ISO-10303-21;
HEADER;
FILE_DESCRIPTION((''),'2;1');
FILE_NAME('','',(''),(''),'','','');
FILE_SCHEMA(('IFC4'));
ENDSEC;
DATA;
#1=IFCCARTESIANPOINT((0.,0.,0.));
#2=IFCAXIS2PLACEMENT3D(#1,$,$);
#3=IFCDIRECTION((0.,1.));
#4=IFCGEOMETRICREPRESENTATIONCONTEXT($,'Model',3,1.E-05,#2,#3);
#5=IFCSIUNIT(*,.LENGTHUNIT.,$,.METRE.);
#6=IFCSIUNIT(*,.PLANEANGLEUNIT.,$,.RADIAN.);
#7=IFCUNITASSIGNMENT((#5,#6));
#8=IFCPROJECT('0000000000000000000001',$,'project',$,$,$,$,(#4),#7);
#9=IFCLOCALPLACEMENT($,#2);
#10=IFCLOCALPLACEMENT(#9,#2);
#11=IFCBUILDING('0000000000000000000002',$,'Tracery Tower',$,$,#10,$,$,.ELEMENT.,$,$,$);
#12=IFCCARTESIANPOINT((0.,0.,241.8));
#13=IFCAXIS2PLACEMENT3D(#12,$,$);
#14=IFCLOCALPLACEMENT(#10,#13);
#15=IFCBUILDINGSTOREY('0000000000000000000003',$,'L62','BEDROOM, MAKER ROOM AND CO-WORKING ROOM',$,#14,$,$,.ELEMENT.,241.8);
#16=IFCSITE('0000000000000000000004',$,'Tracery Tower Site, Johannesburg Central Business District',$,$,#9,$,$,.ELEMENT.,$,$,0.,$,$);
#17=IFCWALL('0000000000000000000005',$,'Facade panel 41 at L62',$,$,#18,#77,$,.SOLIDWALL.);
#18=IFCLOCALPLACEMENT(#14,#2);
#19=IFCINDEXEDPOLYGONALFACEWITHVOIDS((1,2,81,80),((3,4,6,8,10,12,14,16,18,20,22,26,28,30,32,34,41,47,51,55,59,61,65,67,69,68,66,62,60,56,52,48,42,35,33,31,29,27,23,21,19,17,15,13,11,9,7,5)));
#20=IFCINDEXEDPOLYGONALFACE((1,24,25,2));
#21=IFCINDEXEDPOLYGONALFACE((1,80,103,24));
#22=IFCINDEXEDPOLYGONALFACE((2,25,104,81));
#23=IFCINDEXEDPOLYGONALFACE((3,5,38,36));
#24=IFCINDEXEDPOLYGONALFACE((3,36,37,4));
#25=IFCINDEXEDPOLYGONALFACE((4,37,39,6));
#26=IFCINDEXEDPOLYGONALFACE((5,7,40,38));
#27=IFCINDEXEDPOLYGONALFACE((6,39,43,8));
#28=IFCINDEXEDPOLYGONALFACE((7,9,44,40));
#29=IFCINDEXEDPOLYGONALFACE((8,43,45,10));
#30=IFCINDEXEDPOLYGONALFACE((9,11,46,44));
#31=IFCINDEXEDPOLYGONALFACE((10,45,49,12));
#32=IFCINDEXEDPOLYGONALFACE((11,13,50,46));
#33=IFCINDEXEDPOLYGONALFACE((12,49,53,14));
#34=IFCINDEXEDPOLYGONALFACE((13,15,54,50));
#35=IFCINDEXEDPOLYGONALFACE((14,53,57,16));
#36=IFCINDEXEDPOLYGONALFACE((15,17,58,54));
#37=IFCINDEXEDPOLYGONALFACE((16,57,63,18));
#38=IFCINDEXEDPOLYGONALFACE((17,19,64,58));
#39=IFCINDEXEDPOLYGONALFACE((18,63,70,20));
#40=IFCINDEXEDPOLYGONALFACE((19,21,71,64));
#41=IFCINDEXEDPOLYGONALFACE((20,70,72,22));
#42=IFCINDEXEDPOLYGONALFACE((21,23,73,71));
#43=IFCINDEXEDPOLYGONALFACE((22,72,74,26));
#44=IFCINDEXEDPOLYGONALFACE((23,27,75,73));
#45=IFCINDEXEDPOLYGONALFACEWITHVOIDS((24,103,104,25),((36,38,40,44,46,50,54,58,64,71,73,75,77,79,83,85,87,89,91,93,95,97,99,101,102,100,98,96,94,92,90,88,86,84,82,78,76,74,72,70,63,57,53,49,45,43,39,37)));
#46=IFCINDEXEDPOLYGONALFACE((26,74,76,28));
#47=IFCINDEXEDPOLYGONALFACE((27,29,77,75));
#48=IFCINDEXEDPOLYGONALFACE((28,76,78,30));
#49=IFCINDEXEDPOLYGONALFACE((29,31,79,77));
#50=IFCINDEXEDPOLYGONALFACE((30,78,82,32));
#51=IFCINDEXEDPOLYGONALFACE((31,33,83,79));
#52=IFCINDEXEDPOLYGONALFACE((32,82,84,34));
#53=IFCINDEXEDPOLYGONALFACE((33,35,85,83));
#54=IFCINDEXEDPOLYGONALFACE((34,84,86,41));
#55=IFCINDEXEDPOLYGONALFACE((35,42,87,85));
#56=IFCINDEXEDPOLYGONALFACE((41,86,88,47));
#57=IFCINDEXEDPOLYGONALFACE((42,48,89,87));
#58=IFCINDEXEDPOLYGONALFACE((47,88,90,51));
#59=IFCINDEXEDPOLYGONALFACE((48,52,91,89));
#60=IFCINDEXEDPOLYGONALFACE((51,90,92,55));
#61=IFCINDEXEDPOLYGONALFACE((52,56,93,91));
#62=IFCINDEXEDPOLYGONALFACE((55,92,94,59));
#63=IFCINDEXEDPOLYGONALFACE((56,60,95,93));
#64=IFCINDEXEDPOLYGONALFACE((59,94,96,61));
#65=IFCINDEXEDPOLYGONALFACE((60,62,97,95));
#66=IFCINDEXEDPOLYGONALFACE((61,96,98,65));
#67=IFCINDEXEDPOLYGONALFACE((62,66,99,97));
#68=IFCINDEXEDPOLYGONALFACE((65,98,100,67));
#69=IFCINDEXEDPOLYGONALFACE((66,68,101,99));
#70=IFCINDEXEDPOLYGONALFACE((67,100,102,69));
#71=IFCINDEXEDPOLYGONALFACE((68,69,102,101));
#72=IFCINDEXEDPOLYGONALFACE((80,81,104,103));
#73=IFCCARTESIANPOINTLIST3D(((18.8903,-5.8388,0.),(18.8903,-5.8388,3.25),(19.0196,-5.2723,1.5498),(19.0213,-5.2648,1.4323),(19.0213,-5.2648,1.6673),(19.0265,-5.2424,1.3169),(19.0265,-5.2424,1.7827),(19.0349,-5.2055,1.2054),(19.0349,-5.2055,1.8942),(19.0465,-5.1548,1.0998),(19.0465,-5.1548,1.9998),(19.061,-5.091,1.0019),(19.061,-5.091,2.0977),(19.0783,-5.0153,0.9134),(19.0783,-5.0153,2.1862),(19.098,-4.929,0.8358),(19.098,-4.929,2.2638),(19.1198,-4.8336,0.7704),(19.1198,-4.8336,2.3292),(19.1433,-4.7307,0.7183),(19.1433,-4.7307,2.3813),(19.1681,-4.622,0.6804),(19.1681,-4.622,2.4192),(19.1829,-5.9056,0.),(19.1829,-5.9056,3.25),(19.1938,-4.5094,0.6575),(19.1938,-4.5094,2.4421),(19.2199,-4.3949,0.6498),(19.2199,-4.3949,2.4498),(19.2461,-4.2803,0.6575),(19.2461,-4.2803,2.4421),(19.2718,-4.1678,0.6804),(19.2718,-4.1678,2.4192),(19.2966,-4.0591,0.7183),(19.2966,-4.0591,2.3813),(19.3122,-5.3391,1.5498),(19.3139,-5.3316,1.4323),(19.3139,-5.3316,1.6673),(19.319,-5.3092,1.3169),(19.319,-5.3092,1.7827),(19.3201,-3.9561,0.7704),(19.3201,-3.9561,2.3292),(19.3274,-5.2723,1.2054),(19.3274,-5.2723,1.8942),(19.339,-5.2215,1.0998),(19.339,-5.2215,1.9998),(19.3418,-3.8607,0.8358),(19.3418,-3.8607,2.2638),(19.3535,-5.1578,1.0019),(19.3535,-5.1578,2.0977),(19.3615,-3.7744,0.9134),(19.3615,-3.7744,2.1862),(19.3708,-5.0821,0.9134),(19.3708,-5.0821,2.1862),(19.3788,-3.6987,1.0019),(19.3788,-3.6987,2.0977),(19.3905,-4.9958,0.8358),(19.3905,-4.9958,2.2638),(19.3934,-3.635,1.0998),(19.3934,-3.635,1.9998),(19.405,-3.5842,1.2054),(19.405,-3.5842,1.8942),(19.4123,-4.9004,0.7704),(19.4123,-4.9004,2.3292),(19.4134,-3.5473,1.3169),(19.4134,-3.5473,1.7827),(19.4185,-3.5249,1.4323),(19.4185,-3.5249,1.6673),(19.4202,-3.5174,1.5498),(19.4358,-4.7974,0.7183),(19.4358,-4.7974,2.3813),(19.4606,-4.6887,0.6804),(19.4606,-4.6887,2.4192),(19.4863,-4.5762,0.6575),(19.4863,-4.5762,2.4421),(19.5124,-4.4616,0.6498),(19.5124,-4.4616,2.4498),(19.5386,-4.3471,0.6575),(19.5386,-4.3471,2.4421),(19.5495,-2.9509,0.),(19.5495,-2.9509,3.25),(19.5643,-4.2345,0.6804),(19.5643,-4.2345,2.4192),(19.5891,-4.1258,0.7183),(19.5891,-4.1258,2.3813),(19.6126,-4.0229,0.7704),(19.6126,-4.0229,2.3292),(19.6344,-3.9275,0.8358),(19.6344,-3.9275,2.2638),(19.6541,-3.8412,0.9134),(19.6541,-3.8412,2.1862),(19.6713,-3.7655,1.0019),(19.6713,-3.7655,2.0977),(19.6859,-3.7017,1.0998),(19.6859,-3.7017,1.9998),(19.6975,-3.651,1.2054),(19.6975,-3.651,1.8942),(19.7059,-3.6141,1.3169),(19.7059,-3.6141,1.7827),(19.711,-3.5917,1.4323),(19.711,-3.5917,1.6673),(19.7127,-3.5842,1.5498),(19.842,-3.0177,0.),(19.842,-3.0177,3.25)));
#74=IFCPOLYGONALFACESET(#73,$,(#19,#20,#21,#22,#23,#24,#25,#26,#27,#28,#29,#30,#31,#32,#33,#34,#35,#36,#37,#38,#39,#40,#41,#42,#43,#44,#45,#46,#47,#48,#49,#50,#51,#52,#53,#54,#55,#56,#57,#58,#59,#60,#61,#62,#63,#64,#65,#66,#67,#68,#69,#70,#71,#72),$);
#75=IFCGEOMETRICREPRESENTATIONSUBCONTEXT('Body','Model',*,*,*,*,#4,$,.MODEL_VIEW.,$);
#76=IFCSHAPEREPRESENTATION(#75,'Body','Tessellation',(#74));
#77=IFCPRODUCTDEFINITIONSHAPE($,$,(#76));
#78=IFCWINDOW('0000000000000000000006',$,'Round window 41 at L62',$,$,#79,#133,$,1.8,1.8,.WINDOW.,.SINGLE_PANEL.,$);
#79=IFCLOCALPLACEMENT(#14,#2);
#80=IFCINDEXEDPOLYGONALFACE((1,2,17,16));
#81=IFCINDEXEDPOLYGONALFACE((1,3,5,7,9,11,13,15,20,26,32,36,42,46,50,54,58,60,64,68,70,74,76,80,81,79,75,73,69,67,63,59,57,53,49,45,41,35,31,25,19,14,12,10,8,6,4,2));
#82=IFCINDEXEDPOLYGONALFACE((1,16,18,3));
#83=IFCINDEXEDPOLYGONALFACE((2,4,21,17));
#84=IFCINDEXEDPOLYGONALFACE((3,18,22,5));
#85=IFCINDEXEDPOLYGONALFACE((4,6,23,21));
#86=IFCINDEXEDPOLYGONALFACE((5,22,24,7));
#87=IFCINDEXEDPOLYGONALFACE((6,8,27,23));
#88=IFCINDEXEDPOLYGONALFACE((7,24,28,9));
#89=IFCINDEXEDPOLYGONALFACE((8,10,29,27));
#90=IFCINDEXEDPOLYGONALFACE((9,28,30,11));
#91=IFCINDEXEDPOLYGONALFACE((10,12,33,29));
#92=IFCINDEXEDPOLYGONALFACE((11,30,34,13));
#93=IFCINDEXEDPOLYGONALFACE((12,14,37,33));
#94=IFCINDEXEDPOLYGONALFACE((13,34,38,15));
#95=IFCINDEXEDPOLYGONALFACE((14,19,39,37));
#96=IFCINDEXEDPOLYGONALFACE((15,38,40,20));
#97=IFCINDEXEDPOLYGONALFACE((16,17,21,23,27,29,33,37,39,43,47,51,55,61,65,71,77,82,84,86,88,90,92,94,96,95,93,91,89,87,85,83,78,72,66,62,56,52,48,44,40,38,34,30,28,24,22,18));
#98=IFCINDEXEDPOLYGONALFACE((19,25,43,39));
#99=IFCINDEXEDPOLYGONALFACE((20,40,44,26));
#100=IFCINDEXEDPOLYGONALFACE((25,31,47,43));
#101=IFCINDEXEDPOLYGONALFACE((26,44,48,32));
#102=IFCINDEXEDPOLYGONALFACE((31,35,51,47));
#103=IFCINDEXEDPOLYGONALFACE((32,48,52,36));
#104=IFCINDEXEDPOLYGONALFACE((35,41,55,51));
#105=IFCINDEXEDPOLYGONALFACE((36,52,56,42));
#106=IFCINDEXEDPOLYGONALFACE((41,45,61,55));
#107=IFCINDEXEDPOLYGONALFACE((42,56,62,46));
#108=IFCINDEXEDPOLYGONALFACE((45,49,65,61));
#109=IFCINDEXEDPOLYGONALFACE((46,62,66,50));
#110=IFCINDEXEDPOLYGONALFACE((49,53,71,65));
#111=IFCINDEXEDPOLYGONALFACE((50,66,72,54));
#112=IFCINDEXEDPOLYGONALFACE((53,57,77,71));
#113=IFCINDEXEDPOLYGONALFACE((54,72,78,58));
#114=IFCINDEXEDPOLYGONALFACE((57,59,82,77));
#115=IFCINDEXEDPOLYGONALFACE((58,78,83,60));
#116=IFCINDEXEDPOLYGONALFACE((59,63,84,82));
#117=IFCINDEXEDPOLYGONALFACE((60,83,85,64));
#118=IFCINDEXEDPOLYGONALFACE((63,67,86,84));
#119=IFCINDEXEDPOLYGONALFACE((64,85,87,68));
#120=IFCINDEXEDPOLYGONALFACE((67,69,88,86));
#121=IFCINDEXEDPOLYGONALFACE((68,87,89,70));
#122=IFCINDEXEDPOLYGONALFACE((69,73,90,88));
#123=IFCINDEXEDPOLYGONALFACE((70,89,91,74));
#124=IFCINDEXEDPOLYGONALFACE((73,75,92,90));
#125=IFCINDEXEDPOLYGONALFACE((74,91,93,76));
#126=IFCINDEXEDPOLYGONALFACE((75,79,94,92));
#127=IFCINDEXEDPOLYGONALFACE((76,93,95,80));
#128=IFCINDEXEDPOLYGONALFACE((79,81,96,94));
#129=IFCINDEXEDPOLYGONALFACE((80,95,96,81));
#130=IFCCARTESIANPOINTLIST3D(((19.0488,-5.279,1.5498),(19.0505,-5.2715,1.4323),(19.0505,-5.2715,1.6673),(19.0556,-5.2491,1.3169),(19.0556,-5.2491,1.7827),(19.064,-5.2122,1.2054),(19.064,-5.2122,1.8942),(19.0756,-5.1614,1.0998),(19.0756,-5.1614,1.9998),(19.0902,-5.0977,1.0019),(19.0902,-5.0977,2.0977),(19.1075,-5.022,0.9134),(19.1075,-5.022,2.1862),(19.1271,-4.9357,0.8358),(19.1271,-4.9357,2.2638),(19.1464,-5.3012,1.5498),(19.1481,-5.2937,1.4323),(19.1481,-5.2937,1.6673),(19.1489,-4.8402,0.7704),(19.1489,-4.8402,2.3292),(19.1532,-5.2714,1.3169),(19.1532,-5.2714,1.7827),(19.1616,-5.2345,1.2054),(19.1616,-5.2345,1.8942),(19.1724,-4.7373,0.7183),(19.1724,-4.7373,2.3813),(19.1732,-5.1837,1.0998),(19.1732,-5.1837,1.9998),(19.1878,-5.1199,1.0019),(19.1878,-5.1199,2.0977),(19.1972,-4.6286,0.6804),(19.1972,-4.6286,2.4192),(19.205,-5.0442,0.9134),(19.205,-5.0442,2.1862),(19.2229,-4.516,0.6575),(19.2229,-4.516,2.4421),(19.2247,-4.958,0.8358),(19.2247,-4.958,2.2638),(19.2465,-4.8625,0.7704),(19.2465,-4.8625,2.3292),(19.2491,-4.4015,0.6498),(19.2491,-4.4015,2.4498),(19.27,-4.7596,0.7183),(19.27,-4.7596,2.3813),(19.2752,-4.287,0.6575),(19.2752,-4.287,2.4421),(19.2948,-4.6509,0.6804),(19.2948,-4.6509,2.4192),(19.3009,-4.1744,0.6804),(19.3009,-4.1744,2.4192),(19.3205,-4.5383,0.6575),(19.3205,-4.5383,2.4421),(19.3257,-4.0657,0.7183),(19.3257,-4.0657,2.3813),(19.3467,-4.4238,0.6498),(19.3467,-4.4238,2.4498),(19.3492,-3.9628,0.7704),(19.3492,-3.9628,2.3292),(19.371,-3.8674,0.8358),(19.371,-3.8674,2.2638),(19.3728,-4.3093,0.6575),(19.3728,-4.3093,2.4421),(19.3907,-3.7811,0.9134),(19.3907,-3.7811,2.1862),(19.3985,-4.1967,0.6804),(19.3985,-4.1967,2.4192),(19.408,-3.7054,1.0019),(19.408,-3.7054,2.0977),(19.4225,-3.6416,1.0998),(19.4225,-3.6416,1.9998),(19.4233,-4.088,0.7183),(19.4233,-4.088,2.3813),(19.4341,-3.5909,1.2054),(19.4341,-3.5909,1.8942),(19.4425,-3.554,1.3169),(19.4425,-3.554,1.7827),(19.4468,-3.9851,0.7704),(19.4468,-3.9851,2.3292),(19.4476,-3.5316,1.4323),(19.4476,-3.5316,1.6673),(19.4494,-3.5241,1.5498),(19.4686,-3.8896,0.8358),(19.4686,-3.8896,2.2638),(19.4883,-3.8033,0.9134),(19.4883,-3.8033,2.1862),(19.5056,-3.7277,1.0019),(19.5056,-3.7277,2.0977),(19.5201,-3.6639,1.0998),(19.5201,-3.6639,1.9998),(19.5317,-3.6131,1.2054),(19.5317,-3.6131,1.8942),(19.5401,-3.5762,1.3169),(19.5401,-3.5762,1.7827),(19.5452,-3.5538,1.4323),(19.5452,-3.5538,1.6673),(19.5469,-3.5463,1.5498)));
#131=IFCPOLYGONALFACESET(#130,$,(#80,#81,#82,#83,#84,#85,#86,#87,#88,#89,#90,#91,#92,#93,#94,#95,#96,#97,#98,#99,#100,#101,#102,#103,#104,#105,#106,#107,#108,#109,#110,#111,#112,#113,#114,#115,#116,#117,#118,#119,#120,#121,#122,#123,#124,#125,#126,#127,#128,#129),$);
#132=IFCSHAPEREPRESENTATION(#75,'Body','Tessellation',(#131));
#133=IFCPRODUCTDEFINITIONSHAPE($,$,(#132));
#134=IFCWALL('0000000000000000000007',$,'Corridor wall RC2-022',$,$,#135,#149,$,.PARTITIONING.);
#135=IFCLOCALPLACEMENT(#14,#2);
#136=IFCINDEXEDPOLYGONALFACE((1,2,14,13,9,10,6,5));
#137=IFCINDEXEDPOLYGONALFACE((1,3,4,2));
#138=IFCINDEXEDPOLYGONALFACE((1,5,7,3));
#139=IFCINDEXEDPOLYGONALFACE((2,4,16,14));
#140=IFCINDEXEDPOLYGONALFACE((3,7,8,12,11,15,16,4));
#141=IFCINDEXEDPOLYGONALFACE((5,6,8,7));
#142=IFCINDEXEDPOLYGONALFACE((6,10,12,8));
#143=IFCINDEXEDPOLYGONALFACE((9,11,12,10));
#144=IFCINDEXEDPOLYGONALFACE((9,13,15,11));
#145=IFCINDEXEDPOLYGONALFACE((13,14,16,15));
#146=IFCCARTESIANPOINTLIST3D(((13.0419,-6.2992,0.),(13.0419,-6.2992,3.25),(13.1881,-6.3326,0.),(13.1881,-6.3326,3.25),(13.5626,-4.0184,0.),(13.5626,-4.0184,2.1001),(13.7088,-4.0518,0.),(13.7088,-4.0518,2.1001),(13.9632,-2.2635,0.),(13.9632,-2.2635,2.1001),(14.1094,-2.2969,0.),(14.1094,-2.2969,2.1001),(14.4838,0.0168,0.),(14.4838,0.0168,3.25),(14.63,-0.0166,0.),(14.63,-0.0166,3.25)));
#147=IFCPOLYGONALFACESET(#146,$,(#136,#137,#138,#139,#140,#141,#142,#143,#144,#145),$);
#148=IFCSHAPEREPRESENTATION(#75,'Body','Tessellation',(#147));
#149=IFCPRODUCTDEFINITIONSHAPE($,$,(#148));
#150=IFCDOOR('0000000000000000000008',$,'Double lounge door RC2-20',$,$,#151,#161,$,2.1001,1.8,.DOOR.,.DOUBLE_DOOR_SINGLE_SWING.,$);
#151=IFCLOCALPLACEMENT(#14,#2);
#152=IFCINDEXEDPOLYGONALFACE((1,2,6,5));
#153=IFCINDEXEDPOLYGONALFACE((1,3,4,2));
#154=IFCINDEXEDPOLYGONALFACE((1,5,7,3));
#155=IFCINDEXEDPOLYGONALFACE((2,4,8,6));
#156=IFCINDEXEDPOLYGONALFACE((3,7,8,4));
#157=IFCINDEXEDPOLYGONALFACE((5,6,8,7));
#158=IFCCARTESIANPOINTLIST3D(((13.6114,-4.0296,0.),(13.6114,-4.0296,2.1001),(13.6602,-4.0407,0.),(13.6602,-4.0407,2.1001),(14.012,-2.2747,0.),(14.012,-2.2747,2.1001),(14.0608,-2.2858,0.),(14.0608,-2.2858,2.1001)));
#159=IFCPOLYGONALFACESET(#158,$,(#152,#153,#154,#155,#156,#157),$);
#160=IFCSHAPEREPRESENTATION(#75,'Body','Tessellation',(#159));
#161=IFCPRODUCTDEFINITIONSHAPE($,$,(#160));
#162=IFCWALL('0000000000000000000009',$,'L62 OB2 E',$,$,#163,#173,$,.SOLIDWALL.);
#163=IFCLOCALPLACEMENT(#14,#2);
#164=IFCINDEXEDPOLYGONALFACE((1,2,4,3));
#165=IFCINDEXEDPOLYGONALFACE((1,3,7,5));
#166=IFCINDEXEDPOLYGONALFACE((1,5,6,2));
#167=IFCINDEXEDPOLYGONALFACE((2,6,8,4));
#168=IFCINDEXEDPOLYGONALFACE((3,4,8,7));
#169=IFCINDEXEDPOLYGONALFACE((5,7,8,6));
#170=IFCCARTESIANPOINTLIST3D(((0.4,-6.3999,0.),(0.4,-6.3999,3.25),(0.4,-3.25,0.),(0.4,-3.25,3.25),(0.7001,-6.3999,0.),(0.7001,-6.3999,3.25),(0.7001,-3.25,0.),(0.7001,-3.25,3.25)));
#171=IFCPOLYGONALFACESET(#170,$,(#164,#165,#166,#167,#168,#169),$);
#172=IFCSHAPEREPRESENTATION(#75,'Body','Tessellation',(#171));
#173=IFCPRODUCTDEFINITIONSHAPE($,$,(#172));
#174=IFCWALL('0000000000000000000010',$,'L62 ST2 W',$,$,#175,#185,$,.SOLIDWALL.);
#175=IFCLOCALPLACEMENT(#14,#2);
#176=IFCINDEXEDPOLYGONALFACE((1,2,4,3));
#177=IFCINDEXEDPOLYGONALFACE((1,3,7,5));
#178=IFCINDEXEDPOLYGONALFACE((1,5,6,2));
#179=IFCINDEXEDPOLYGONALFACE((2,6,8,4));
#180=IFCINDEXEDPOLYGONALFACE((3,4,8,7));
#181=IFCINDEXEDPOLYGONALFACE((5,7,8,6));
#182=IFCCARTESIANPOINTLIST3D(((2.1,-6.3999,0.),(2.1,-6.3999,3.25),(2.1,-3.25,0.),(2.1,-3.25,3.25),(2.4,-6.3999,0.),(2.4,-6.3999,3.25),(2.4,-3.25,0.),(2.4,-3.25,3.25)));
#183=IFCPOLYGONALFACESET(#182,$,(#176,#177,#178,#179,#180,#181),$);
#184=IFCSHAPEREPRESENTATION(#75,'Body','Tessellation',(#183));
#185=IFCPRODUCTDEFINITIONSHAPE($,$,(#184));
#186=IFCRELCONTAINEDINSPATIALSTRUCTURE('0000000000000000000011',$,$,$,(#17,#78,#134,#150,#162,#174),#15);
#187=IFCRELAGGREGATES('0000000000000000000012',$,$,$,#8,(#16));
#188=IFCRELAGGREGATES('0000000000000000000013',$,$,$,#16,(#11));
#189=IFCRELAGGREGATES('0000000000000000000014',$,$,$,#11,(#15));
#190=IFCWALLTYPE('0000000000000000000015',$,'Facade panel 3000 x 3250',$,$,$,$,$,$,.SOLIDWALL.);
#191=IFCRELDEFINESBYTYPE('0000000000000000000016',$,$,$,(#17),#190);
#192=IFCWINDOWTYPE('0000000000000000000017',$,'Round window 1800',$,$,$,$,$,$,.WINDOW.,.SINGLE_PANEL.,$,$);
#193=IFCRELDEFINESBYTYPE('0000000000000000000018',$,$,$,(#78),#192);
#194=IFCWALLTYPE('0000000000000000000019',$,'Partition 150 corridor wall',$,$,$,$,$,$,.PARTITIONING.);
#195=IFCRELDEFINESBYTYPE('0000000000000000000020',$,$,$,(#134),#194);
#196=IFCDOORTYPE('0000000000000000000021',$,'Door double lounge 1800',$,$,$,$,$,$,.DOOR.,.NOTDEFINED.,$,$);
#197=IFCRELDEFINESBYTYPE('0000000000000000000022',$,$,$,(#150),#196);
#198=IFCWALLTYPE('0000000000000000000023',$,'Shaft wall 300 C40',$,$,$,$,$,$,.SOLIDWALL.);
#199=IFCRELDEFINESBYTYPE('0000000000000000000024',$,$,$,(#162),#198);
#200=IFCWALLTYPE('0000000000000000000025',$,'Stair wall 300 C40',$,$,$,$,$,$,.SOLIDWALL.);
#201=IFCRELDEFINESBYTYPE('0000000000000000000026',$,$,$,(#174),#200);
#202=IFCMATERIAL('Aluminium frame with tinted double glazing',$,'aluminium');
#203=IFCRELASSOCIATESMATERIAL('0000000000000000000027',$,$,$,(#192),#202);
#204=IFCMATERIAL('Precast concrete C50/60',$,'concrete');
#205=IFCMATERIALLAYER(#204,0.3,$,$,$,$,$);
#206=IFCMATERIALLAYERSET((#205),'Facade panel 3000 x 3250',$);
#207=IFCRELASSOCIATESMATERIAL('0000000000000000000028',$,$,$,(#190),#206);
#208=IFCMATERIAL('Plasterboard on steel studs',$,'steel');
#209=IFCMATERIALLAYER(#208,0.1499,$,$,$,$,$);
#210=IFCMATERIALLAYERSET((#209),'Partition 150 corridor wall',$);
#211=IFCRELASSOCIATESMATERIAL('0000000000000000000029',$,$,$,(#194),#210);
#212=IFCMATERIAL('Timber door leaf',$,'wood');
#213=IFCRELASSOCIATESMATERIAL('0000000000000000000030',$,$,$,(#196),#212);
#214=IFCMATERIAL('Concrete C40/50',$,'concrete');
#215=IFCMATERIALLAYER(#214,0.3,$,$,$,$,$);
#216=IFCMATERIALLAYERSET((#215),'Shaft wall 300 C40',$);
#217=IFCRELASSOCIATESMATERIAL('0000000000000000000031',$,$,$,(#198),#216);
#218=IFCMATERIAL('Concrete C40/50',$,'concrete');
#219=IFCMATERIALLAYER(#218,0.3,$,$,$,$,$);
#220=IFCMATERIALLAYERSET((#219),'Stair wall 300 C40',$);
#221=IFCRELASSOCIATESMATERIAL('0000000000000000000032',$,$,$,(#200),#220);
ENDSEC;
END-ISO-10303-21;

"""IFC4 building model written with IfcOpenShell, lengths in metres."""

from ifc_helpers import new_model, si_unit, direction, frame, frame_2d, origin, origin_2d, place, context, subcontext, project, spatial, rectangle, circle, extrude, material, layer, layer_set, type_object, element, fill, save


model = new_model("IFC4")

# Units and contexts
model_context = context("Model", 3, precision=1e-05, world=origin(), true_north=direction((0.0, 1.0)))
body_context = subcontext(model_context, "Body", "Model", "MODEL_VIEW")
ifc_project = project(units=[si_unit("LENGTHUNIT", "METRE"), si_unit("PLANEANGLEUNIT", "RADIAN")], contexts=[model_context])

# Site, building, storey
site_placement = place(None, origin())
site = spatial("IfcSite", under=ifc_project, at=site_placement, Name="Tracery Tower Site, Johannesburg Central Business District", CompositionType="ELEMENT", RefElevation=0.0)
building_placement = place(site_placement, origin())
building = spatial("IfcBuilding", under=site, at=building_placement, Name="Tracery Tower", CompositionType="ELEMENT")
storey_placement = place(building_placement, frame((0.0, 0.0, 241.8)))
storey = spatial("IfcBuildingStorey", under=building, at=storey_placement, Name="L62", Description="BEDROOM, MAKER ROOM AND CO-WORKING ROOM", CompositionType="ELEMENT", Elevation=241.8)

# Wall, opening, window
ifc_material_1 = material(Name="Aluminium frame with tinted double glazing", Category="aluminium")
window_type = type_object("IfcWindowType", Name="Round window 1800", PartitioningType="SINGLE_PANEL", PredefinedType="WINDOW", material=ifc_material_1)
ifc_material_2 = material(Name="Precast concrete C50/60", Category="concrete")
ifc_layer_1 = layer(ifc_material_2, 0.3)
ifc_layer_set_1 = layer_set([ifc_layer_1], Name="Facade panel 3000 x 3250")
wall_type_1 = type_object("IfcWallType", Name="Facade panel 3000 x 3250", PredefinedType="SOLIDWALL", material=ifc_layer_set_1)
wall_1_placement = place(storey_placement, frame((19.0366, -5.8721, 0.0), z_axis=(0.0, 0.0, 1.0), x_axis=(0.222529, 0.974926, 0.0)))
wall_1 = element("IfcWall", 1, at=wall_1_placement, inside=storey, type_object=wall_type_1, Name="Facade panel 41 at L62", PredefinedType="SOLIDWALL", context=body_context, shape_type="SweptSolid", body=[
    extrude(rectangle(XDim=2.9622, YDim=0.3, at=frame_2d((1.481, 0.0))), origin(), (0.0, 0.0, 1.0), 3.25),
])
opening_1_placement = place(wall_1_placement, frame((1.481, 0.0, 1.5498)))
opening_1 = element("IfcOpeningElement", 2, at=opening_1_placement, cuts=wall_1, PredefinedType="OPENING", context=body_context, shape_type="SweptSolid", body=[
    extrude(circle(Radius=0.9, at=origin_2d()), frame((0.0, 0.1599, 0.0), z_axis=(0.0, -1.0, 0.0), x_axis=(1.0, 0.0, 0.0)), (0.0, 0.0, 1.0), 0.3201),
])
window_1_placement = place(opening_1_placement, origin())
window_1 = element("IfcWindow", 3, at=window_1_placement, inside=storey, type_object=window_type, Name="Round window 41 at L62", OverallHeight=1.8, OverallWidth=1.8, PartitioningType="SINGLE_PANEL", PredefinedType="WINDOW", context=body_context, shape_type="SweptSolid", body=[
    extrude(circle(Radius=0.9, at=origin_2d()), frame((0.0, 0.1201, 0.0), z_axis=(0.0, -1.0, 0.0), x_axis=(1.0, 0.0, 0.0)), (0.0, 0.0, 1.0), 0.1001),
])
fill(opening_1, window_1)

# Wall, opening, door
ifc_material_3 = material(Name="Plasterboard on steel studs", Category="steel")
ifc_layer_2 = layer(ifc_material_3, 0.1499)
ifc_layer_set_2 = layer_set([ifc_layer_2], Name="Partition 150 corridor wall")
wall_type_2 = type_object("IfcWallType", Name="Partition 150 corridor wall", PredefinedType="PARTITIONING", material=ifc_layer_set_2)
wall_2_placement = place(storey_placement, frame((13.115, -6.3159, 0.0), z_axis=(0.0, 0.0, 1.0), x_axis=(0.222569, 0.974917, 0.0)))
wall_2 = element("IfcWall", 4, at=wall_2_placement, inside=storey, type_object=wall_type_2, Name="Corridor wall RC2-022", PredefinedType="PARTITIONING", context=body_context, shape_type="SweptSolid", body=[
    extrude(rectangle(XDim=6.4785, YDim=0.1499, at=frame_2d((3.2393, 0.0))), origin(), (0.0, 0.0, 1.0), 3.25),
])
opening_2_placement = place(wall_2_placement, frame((2.3396, 0.0, 0.0)))
opening_2 = element("IfcOpeningElement", 5, at=opening_2_placement, cuts=wall_2, PredefinedType="OPENING", context=body_context, shape_type="SweptSolid", body=[
    extrude(rectangle(XDim=1.8, YDim=2.1001, at=frame_2d((0.8999, 1.05))), frame((0.0, 0.075, 0.0), z_axis=(0.0, -1.0, 0.0), x_axis=(1.0, 0.0, 0.0)), (0.0, 0.0, 1.0), 0.1499),
])
ifc_material_4 = material(Name="Timber door leaf", Category="wood")
door_type_1 = type_object("IfcDoorType", Name="Door double lounge 1800", OperationType="NOTDEFINED", PredefinedType="DOOR", material=ifc_material_4)
door_1_placement = place(opening_2_placement, origin())
door_1 = element("IfcDoor", 6, at=door_1_placement, inside=storey, type_object=door_type_1, Name="Double lounge door RC2-20", OperationType="DOUBLE_DOOR_SINGLE_SWING", OverallHeight=2.1001, OverallWidth=1.8, PredefinedType="DOOR", context=body_context, shape_type="SweptSolid", body=[
    extrude(rectangle(XDim=1.8, YDim=2.1001, at=frame_2d((0.8999, 1.05))), frame((0.0, 0.0249, 0.0), z_axis=(0.0, -1.0, 0.0), x_axis=(1.0, 0.0, 0.0)), (0.0, 0.0, 1.0), 0.05),
])
fill(opening_2, door_1)

# Wall
ifc_material_5 = material(Name="Concrete C40/50", Category="concrete")
ifc_layer_3 = layer(ifc_material_5, 0.3)
ifc_layer_set_3 = layer_set([ifc_layer_3], Name="Shaft wall 300 C40")
wall_type_3 = type_object("IfcWallType", Name="Shaft wall 300 C40", PredefinedType="SOLIDWALL", material=ifc_layer_set_3)
wall_3_placement = place(storey_placement, frame((0.55, -6.3999, 0.0), z_axis=(0.0, 0.0, 1.0), x_axis=(0.0, 1.0, 0.0)))
element("IfcWall", 7, at=wall_3_placement, inside=storey, type_object=wall_type_3, Name="L62 OB2 E", PredefinedType="SOLIDWALL", context=body_context, shape_type="SweptSolid", body=[
    extrude(rectangle(XDim=3.1499, YDim=0.3, at=frame_2d((1.575, 0.0))), origin(), (0.0, 0.0, 1.0), 3.25),
])

# Shared definitions
ifc_material_6 = material(Name="Concrete C40/50", Category="concrete")
ifc_layer_4 = layer(ifc_material_6, 0.3)
ifc_layer_set_4 = layer_set([ifc_layer_4], Name="Stair wall 300 C40")
wall_type_4 = type_object("IfcWallType", Name="Stair wall 300 C40", PredefinedType="SOLIDWALL", material=ifc_layer_set_4)

# Wall
wall_4_placement = place(storey_placement, frame((2.25, -6.3999, 0.0), z_axis=(0.0, 0.0, 1.0), x_axis=(0.0, 1.0, 0.0)))
element("IfcWall", 8, at=wall_4_placement, inside=storey, type_object=wall_type_4, Name="L62 ST2 W", PredefinedType="SOLIDWALL", context=body_context, shape_type="SweptSolid", body=[
    extrude(rectangle(XDim=3.1499, YDim=0.3, at=frame_2d((1.575, 0.0))), origin(), (0.0, 0.0, 1.0), 3.25),
])

save(model, "model.ifc")
